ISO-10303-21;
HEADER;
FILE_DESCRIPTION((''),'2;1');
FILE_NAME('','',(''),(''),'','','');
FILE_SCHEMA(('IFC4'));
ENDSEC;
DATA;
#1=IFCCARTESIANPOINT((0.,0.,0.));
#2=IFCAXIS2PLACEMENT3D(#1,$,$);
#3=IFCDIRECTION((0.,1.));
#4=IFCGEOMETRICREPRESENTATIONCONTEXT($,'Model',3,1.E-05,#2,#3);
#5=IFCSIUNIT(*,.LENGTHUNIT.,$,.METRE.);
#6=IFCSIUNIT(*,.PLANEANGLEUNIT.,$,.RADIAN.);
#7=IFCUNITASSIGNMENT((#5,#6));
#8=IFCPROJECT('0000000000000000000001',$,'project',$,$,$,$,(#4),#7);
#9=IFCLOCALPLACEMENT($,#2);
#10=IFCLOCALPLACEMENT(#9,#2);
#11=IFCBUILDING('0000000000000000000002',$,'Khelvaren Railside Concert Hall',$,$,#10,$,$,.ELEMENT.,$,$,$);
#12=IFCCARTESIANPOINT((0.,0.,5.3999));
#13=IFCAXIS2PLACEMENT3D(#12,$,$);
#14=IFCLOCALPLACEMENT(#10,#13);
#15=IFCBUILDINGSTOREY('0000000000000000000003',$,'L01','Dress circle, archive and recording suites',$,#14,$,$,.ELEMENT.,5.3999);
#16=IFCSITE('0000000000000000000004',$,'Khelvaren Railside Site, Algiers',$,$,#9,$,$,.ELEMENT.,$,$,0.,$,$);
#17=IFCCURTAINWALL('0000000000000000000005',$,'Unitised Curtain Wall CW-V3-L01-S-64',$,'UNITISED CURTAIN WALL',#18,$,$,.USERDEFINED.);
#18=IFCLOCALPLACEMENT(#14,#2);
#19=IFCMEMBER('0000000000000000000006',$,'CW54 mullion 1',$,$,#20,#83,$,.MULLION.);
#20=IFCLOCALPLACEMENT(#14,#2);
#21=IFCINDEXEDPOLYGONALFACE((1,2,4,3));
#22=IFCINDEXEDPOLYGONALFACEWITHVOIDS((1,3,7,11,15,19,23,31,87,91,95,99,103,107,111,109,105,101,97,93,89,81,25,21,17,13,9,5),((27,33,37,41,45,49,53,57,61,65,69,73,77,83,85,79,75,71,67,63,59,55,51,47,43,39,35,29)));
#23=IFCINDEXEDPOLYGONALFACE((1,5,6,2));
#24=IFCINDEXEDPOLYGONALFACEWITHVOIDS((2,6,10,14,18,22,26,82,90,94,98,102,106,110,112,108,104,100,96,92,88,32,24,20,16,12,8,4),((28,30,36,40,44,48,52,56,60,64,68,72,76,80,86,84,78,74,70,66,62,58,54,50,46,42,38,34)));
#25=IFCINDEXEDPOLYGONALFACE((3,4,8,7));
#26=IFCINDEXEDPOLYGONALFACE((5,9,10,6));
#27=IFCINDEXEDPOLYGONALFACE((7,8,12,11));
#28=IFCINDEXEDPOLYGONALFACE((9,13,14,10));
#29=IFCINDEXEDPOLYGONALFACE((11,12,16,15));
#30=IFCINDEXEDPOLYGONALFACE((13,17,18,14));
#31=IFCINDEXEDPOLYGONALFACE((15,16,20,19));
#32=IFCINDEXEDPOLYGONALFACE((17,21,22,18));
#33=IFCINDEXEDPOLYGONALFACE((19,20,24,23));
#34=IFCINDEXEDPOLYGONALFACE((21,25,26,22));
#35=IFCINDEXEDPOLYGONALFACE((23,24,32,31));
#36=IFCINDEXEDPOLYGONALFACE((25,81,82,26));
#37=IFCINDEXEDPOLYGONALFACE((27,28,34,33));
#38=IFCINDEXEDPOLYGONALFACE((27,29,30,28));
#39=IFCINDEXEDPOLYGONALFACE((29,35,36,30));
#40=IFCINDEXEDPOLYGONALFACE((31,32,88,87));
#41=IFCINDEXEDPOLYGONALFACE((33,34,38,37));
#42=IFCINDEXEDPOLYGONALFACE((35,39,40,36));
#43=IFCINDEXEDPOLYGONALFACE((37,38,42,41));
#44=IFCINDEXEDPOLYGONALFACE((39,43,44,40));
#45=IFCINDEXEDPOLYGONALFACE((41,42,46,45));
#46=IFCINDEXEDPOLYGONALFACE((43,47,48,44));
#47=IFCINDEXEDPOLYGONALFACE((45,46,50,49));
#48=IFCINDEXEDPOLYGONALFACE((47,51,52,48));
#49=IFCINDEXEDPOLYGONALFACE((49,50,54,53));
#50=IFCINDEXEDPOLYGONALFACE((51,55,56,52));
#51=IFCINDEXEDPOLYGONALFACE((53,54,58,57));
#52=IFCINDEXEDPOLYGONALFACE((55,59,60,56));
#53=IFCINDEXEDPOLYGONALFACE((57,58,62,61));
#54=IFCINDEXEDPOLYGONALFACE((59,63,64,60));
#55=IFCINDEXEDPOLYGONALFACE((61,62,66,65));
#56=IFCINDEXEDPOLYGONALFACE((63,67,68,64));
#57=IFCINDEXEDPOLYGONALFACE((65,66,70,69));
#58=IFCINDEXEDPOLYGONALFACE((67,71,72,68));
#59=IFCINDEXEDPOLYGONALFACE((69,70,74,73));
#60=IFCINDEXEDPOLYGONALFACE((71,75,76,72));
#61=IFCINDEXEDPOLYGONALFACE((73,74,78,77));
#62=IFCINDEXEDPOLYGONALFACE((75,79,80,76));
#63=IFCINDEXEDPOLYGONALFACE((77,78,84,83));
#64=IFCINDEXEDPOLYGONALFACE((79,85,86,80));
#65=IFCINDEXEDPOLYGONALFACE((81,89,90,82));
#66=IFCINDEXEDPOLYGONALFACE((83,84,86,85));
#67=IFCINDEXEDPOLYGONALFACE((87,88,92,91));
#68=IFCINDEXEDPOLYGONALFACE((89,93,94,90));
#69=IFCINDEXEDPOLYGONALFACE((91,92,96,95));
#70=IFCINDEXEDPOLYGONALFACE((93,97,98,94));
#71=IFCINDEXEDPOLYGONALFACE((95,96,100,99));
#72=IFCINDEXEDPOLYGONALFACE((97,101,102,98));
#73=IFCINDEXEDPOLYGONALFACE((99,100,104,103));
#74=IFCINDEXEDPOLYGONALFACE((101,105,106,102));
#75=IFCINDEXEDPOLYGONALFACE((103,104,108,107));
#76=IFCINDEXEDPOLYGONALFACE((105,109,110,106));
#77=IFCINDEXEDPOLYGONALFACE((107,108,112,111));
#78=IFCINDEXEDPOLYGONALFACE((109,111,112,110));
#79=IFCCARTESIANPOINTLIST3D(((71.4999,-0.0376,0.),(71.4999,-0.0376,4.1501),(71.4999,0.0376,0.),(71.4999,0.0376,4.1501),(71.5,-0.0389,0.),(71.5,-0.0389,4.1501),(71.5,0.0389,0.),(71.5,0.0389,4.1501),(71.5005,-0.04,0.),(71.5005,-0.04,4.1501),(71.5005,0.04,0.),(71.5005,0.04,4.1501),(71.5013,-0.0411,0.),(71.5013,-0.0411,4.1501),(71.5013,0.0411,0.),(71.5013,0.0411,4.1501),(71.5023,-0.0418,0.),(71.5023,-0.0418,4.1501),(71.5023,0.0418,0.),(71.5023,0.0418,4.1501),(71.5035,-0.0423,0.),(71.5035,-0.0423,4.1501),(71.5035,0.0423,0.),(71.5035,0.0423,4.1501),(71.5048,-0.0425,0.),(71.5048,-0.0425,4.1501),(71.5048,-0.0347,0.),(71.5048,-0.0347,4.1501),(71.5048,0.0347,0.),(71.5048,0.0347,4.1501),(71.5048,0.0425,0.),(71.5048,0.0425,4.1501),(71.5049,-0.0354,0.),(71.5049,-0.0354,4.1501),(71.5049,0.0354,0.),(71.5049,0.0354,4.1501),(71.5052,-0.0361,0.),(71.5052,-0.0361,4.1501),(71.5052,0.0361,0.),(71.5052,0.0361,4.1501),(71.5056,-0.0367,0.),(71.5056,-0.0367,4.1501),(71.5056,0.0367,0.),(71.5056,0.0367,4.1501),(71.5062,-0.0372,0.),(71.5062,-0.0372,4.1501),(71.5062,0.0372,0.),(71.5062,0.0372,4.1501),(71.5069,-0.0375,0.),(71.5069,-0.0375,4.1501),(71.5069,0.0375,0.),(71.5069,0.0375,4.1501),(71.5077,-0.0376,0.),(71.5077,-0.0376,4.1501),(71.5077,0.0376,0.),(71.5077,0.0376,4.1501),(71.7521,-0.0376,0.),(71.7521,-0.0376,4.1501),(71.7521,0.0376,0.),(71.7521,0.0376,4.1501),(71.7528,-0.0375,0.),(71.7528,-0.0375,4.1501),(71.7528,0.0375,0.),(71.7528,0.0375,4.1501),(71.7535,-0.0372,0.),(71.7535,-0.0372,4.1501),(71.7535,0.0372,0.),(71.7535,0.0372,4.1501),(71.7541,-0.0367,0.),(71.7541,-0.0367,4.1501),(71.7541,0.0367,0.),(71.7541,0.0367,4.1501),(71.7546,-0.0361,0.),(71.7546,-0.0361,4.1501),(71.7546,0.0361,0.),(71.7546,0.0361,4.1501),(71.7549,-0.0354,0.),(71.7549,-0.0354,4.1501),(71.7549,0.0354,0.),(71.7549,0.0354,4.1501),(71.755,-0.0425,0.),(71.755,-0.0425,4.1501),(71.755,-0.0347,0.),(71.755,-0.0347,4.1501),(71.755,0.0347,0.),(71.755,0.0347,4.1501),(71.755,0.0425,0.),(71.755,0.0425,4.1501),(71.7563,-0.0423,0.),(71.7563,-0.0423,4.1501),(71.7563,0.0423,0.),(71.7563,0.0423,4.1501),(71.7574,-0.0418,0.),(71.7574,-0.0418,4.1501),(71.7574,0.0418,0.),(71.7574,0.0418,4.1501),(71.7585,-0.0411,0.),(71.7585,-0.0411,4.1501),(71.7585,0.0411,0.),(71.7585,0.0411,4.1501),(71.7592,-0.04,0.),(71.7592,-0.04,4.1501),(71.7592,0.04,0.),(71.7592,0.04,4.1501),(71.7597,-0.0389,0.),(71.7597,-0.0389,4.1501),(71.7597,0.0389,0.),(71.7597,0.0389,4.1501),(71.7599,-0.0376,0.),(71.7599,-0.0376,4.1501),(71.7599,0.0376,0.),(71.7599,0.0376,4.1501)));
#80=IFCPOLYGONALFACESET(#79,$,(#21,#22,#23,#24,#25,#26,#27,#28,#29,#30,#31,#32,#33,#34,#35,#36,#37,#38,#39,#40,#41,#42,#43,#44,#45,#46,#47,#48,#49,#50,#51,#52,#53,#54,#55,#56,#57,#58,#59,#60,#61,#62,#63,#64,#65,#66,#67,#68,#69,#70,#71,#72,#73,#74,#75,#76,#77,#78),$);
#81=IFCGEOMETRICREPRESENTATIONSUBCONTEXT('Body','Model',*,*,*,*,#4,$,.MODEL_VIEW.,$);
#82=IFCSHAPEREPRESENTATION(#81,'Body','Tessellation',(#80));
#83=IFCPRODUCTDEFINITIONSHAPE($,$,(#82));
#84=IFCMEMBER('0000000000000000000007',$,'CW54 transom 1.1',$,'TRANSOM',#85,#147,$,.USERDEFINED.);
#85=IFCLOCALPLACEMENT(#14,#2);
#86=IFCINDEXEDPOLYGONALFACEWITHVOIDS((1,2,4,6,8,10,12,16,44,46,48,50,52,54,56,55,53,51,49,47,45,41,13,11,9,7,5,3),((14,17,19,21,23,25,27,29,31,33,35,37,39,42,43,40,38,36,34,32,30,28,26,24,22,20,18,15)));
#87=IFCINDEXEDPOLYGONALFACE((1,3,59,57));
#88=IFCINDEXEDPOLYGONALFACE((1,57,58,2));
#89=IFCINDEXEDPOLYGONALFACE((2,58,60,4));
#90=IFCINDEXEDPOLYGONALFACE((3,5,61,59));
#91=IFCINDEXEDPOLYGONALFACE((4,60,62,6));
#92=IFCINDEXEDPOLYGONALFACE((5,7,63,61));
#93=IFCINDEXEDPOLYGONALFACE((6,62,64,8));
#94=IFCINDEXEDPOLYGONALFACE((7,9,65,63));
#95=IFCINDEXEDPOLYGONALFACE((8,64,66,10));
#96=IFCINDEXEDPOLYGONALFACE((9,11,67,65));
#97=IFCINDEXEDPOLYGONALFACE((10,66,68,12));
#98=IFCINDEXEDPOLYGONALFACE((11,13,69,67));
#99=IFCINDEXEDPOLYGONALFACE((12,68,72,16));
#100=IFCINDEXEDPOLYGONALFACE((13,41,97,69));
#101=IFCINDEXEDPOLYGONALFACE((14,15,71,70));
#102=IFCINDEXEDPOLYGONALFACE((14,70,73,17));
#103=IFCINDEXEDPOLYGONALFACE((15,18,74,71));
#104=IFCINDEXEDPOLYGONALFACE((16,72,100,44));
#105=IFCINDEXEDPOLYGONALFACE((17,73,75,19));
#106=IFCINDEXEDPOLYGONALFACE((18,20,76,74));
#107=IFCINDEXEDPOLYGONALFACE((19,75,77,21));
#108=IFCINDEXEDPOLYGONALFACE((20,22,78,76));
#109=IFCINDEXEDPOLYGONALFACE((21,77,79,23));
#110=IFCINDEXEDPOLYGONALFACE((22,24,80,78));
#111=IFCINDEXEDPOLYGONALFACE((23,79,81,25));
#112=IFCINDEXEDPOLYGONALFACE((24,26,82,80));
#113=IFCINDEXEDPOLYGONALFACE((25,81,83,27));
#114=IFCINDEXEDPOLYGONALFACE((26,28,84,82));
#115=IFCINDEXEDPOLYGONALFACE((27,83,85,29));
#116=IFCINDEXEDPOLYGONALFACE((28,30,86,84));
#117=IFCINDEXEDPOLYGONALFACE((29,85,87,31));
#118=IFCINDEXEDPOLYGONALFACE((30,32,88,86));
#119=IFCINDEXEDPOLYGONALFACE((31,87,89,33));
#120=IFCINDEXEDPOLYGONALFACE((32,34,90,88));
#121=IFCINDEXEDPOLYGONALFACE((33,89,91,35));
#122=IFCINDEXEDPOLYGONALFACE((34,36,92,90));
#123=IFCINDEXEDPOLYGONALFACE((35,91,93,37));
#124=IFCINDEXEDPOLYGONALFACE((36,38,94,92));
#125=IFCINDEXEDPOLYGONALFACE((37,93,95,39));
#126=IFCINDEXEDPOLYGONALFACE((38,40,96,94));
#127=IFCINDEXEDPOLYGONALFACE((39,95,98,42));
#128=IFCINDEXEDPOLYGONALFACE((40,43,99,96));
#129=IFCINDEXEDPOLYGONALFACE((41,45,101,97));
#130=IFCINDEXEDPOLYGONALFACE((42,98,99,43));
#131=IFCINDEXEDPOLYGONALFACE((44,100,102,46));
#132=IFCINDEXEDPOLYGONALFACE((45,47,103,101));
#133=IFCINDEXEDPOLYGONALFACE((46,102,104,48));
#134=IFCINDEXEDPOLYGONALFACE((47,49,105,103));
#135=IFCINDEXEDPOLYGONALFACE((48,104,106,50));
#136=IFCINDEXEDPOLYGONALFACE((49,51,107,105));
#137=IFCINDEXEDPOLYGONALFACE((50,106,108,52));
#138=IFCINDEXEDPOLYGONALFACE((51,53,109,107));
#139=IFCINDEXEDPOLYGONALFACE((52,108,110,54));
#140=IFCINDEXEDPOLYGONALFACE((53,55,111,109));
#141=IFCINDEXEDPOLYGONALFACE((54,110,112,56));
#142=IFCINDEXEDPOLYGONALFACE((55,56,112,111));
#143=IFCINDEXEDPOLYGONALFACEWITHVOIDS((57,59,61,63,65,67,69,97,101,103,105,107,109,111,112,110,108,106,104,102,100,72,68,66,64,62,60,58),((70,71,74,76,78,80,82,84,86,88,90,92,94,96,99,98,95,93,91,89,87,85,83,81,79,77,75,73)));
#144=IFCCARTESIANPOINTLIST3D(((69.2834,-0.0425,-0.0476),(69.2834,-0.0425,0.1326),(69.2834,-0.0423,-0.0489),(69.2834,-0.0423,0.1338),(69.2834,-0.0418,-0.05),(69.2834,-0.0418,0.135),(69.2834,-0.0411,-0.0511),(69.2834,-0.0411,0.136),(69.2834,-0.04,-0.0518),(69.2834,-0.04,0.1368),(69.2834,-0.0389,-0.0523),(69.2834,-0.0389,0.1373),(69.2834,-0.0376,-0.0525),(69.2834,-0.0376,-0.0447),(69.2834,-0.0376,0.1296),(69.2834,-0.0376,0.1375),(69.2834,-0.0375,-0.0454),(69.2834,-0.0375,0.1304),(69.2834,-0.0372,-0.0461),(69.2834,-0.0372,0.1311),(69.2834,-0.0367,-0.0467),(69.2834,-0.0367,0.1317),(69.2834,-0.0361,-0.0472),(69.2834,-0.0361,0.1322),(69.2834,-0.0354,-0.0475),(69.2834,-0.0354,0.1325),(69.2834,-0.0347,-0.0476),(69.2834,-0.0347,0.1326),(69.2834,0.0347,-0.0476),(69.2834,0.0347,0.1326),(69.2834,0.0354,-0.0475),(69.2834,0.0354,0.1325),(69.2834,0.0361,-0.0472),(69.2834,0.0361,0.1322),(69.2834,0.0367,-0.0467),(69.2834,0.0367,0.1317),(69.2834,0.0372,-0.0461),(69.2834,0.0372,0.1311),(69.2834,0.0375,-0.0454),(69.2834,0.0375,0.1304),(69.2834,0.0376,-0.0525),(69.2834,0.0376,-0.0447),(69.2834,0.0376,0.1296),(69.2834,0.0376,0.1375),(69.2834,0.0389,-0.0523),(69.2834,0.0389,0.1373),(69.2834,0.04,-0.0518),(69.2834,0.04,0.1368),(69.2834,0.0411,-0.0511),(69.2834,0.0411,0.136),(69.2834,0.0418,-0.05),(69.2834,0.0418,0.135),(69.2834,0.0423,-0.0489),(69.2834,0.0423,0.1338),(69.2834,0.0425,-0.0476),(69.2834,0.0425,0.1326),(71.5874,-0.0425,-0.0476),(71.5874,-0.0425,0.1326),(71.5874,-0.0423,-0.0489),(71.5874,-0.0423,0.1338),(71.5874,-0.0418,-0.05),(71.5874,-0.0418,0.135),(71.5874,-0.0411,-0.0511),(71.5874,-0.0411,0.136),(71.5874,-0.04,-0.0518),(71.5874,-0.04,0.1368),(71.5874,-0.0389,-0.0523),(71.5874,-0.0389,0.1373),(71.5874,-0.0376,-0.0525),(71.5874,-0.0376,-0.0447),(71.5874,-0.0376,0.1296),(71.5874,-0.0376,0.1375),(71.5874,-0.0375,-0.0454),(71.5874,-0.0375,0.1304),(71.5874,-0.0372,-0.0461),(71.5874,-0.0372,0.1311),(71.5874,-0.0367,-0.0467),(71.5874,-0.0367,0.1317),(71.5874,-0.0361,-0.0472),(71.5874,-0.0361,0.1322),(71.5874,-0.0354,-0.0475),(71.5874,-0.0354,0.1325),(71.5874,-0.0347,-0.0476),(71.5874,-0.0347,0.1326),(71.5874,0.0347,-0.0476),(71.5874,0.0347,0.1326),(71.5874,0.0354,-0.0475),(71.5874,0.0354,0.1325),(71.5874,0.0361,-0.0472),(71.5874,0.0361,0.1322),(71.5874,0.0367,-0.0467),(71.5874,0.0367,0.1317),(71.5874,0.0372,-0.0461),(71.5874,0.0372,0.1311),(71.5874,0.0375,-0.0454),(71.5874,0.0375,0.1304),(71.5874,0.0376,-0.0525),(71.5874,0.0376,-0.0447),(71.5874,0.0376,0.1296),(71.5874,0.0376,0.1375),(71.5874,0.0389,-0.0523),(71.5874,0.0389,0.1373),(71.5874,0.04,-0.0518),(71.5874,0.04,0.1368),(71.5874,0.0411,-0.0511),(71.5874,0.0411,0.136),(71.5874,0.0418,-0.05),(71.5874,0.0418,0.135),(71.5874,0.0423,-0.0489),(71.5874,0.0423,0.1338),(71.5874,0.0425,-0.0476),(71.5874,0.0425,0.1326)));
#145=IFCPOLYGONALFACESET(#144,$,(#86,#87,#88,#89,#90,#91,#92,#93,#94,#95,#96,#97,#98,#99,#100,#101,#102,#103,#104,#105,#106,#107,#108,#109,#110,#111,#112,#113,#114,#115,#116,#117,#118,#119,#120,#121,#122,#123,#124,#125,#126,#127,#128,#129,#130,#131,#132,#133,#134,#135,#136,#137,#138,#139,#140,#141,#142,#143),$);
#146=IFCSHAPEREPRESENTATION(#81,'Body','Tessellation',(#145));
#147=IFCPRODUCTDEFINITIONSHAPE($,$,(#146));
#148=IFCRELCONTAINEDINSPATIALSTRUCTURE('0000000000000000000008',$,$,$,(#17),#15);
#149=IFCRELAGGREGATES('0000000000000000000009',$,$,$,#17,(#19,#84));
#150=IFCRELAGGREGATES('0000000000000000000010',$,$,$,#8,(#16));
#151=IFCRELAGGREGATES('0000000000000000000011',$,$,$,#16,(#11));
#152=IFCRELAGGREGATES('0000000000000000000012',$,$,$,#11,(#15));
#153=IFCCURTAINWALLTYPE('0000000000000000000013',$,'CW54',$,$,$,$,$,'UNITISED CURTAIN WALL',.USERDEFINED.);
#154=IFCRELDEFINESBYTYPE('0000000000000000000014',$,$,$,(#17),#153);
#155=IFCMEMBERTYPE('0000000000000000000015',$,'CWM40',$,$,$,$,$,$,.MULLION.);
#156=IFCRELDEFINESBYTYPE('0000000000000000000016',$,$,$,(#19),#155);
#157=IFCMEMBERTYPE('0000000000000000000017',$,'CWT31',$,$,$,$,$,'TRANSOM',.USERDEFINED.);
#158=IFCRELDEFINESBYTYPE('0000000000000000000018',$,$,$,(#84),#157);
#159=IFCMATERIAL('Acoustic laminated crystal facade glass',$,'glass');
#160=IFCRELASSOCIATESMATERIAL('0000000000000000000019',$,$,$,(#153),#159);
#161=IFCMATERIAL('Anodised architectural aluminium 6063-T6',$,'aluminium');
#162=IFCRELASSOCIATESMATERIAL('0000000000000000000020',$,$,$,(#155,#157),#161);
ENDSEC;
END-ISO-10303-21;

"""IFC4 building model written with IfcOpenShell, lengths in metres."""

from ifc_helpers import new_model, si_unit, direction, frame, origin, origin_2d, place, context, subcontext, project, spatial, hollow_rectangle, extrude, material, material_profile, profile_set, type_object, element, aggregate, save


model = new_model("IFC4")

# Units and contexts
model_context = context("Model", 3, precision=1e-05, world=origin(), true_north=direction((0.0, 1.0)))
body_context = subcontext(model_context, "Body", "Model", "MODEL_VIEW")
ifc_project = project(units=[si_unit("LENGTHUNIT", "METRE"), si_unit("PLANEANGLEUNIT", "RADIAN")], contexts=[model_context])

# Site, building, storey
site_placement = place(None, origin())
site = spatial("IfcSite", under=ifc_project, at=site_placement, Name="Khelvaren Railside Site, Algiers", CompositionType="ELEMENT", RefElevation=0.0)
building_placement = place(site_placement, origin())
building = spatial("IfcBuilding", under=site, at=building_placement, Name="Khelvaren Railside Concert Hall", CompositionType="ELEMENT")
storey_placement = place(building_placement, frame((0.0, 0.0, 5.3999)))
storey = spatial("IfcBuildingStorey", under=building, at=storey_placement, Name="L01", Description="Dress circle, archive and recording suites", CompositionType="ELEMENT", Elevation=5.3999)

# Curtain wall, members
ifc_material_1 = material(Name="Acoustic laminated crystal facade glass", Category="glass")
curtain_wall_type = type_object("IfcCurtainWallType", Name="CW54", ElementType="UNITISED CURTAIN WALL", PredefinedType="USERDEFINED", material=ifc_material_1)
curtain_wall_placement = place(storey_placement, origin())
curtain_wall = element("IfcCurtainWall", 1, at=curtain_wall_placement, inside=storey, type_object=curtain_wall_type, Name="Unitised Curtain Wall CW-V3-L01-S-64", ObjectType="UNITISED CURTAIN WALL", PredefinedType="USERDEFINED")
ifc_material_2 = material(Name="Anodised architectural aluminium 6063-T6", Category="aluminium")
ifc_material_profile_1 = material_profile(ifc_material_2, hollow_rectangle(XDim=0.085, YDim=0.26, WallThickness=0.0049, InnerFilletRadius=0.0029, OuterFilletRadius=0.0049, at=origin_2d()), Name="CWM 85x260x5")
ifc_profile_set_1 = profile_set([ifc_material_profile_1], Name="Anodised architectural aluminium 6063-T6")
member_type_1 = type_object("IfcMemberType", Name="CWM40", PredefinedType="MULLION", material=ifc_profile_set_1)
member_1_placement = place(storey_placement, frame((71.6299, 0.0, 0.0), z_axis=(0.0, 0.0, 1.0), x_axis=(0.0, -1.0, 0.0)))
member_1 = element("IfcMember", 2, at=member_1_placement, type_object=member_type_1, Name="CW54 mullion 1", PredefinedType="MULLION", context=body_context, shape_type="SweptSolid", body=[
    extrude(hollow_rectangle(XDim=0.085, YDim=0.26, WallThickness=0.0049, InnerFilletRadius=0.0029, OuterFilletRadius=0.0049, at=origin_2d()), origin(), (0.0, 0.0, 1.0), 4.1501),
])
ifc_material_profile_2 = material_profile(ifc_material_2, hollow_rectangle(XDim=0.085, YDim=0.1899, WallThickness=0.0049, InnerFilletRadius=0.0029, OuterFilletRadius=0.0049, at=origin_2d()), Name="CWT 85x190x5")
ifc_profile_set_2 = profile_set([ifc_material_profile_2], Name="Anodised architectural aluminium 6063-T6")
member_type_2 = type_object("IfcMemberType", Name="CWT31", ElementType="TRANSOM", PredefinedType="USERDEFINED", material=ifc_profile_set_2)
member_2_placement = place(storey_placement, frame((71.5874, 0.0, 0.0425), z_axis=(-1.0, 0.0, 0.0), x_axis=(0.0, -1.0, 0.0)))
member_2 = element("IfcMember", 3, at=member_2_placement, type_object=member_type_2, Name="CW54 transom 1.1", ObjectType="TRANSOM", PredefinedType="USERDEFINED", context=body_context, shape_type="SweptSolid", body=[
    extrude(hollow_rectangle(XDim=0.085, YDim=0.1899, WallThickness=0.0049, InnerFilletRadius=0.0029, OuterFilletRadius=0.0049, at=origin_2d()), origin(), (0.0, 0.0, 1.0), 2.304),
])

aggregate(curtain_wall, [member_1, member_2])

save(model, "model.ifc")
